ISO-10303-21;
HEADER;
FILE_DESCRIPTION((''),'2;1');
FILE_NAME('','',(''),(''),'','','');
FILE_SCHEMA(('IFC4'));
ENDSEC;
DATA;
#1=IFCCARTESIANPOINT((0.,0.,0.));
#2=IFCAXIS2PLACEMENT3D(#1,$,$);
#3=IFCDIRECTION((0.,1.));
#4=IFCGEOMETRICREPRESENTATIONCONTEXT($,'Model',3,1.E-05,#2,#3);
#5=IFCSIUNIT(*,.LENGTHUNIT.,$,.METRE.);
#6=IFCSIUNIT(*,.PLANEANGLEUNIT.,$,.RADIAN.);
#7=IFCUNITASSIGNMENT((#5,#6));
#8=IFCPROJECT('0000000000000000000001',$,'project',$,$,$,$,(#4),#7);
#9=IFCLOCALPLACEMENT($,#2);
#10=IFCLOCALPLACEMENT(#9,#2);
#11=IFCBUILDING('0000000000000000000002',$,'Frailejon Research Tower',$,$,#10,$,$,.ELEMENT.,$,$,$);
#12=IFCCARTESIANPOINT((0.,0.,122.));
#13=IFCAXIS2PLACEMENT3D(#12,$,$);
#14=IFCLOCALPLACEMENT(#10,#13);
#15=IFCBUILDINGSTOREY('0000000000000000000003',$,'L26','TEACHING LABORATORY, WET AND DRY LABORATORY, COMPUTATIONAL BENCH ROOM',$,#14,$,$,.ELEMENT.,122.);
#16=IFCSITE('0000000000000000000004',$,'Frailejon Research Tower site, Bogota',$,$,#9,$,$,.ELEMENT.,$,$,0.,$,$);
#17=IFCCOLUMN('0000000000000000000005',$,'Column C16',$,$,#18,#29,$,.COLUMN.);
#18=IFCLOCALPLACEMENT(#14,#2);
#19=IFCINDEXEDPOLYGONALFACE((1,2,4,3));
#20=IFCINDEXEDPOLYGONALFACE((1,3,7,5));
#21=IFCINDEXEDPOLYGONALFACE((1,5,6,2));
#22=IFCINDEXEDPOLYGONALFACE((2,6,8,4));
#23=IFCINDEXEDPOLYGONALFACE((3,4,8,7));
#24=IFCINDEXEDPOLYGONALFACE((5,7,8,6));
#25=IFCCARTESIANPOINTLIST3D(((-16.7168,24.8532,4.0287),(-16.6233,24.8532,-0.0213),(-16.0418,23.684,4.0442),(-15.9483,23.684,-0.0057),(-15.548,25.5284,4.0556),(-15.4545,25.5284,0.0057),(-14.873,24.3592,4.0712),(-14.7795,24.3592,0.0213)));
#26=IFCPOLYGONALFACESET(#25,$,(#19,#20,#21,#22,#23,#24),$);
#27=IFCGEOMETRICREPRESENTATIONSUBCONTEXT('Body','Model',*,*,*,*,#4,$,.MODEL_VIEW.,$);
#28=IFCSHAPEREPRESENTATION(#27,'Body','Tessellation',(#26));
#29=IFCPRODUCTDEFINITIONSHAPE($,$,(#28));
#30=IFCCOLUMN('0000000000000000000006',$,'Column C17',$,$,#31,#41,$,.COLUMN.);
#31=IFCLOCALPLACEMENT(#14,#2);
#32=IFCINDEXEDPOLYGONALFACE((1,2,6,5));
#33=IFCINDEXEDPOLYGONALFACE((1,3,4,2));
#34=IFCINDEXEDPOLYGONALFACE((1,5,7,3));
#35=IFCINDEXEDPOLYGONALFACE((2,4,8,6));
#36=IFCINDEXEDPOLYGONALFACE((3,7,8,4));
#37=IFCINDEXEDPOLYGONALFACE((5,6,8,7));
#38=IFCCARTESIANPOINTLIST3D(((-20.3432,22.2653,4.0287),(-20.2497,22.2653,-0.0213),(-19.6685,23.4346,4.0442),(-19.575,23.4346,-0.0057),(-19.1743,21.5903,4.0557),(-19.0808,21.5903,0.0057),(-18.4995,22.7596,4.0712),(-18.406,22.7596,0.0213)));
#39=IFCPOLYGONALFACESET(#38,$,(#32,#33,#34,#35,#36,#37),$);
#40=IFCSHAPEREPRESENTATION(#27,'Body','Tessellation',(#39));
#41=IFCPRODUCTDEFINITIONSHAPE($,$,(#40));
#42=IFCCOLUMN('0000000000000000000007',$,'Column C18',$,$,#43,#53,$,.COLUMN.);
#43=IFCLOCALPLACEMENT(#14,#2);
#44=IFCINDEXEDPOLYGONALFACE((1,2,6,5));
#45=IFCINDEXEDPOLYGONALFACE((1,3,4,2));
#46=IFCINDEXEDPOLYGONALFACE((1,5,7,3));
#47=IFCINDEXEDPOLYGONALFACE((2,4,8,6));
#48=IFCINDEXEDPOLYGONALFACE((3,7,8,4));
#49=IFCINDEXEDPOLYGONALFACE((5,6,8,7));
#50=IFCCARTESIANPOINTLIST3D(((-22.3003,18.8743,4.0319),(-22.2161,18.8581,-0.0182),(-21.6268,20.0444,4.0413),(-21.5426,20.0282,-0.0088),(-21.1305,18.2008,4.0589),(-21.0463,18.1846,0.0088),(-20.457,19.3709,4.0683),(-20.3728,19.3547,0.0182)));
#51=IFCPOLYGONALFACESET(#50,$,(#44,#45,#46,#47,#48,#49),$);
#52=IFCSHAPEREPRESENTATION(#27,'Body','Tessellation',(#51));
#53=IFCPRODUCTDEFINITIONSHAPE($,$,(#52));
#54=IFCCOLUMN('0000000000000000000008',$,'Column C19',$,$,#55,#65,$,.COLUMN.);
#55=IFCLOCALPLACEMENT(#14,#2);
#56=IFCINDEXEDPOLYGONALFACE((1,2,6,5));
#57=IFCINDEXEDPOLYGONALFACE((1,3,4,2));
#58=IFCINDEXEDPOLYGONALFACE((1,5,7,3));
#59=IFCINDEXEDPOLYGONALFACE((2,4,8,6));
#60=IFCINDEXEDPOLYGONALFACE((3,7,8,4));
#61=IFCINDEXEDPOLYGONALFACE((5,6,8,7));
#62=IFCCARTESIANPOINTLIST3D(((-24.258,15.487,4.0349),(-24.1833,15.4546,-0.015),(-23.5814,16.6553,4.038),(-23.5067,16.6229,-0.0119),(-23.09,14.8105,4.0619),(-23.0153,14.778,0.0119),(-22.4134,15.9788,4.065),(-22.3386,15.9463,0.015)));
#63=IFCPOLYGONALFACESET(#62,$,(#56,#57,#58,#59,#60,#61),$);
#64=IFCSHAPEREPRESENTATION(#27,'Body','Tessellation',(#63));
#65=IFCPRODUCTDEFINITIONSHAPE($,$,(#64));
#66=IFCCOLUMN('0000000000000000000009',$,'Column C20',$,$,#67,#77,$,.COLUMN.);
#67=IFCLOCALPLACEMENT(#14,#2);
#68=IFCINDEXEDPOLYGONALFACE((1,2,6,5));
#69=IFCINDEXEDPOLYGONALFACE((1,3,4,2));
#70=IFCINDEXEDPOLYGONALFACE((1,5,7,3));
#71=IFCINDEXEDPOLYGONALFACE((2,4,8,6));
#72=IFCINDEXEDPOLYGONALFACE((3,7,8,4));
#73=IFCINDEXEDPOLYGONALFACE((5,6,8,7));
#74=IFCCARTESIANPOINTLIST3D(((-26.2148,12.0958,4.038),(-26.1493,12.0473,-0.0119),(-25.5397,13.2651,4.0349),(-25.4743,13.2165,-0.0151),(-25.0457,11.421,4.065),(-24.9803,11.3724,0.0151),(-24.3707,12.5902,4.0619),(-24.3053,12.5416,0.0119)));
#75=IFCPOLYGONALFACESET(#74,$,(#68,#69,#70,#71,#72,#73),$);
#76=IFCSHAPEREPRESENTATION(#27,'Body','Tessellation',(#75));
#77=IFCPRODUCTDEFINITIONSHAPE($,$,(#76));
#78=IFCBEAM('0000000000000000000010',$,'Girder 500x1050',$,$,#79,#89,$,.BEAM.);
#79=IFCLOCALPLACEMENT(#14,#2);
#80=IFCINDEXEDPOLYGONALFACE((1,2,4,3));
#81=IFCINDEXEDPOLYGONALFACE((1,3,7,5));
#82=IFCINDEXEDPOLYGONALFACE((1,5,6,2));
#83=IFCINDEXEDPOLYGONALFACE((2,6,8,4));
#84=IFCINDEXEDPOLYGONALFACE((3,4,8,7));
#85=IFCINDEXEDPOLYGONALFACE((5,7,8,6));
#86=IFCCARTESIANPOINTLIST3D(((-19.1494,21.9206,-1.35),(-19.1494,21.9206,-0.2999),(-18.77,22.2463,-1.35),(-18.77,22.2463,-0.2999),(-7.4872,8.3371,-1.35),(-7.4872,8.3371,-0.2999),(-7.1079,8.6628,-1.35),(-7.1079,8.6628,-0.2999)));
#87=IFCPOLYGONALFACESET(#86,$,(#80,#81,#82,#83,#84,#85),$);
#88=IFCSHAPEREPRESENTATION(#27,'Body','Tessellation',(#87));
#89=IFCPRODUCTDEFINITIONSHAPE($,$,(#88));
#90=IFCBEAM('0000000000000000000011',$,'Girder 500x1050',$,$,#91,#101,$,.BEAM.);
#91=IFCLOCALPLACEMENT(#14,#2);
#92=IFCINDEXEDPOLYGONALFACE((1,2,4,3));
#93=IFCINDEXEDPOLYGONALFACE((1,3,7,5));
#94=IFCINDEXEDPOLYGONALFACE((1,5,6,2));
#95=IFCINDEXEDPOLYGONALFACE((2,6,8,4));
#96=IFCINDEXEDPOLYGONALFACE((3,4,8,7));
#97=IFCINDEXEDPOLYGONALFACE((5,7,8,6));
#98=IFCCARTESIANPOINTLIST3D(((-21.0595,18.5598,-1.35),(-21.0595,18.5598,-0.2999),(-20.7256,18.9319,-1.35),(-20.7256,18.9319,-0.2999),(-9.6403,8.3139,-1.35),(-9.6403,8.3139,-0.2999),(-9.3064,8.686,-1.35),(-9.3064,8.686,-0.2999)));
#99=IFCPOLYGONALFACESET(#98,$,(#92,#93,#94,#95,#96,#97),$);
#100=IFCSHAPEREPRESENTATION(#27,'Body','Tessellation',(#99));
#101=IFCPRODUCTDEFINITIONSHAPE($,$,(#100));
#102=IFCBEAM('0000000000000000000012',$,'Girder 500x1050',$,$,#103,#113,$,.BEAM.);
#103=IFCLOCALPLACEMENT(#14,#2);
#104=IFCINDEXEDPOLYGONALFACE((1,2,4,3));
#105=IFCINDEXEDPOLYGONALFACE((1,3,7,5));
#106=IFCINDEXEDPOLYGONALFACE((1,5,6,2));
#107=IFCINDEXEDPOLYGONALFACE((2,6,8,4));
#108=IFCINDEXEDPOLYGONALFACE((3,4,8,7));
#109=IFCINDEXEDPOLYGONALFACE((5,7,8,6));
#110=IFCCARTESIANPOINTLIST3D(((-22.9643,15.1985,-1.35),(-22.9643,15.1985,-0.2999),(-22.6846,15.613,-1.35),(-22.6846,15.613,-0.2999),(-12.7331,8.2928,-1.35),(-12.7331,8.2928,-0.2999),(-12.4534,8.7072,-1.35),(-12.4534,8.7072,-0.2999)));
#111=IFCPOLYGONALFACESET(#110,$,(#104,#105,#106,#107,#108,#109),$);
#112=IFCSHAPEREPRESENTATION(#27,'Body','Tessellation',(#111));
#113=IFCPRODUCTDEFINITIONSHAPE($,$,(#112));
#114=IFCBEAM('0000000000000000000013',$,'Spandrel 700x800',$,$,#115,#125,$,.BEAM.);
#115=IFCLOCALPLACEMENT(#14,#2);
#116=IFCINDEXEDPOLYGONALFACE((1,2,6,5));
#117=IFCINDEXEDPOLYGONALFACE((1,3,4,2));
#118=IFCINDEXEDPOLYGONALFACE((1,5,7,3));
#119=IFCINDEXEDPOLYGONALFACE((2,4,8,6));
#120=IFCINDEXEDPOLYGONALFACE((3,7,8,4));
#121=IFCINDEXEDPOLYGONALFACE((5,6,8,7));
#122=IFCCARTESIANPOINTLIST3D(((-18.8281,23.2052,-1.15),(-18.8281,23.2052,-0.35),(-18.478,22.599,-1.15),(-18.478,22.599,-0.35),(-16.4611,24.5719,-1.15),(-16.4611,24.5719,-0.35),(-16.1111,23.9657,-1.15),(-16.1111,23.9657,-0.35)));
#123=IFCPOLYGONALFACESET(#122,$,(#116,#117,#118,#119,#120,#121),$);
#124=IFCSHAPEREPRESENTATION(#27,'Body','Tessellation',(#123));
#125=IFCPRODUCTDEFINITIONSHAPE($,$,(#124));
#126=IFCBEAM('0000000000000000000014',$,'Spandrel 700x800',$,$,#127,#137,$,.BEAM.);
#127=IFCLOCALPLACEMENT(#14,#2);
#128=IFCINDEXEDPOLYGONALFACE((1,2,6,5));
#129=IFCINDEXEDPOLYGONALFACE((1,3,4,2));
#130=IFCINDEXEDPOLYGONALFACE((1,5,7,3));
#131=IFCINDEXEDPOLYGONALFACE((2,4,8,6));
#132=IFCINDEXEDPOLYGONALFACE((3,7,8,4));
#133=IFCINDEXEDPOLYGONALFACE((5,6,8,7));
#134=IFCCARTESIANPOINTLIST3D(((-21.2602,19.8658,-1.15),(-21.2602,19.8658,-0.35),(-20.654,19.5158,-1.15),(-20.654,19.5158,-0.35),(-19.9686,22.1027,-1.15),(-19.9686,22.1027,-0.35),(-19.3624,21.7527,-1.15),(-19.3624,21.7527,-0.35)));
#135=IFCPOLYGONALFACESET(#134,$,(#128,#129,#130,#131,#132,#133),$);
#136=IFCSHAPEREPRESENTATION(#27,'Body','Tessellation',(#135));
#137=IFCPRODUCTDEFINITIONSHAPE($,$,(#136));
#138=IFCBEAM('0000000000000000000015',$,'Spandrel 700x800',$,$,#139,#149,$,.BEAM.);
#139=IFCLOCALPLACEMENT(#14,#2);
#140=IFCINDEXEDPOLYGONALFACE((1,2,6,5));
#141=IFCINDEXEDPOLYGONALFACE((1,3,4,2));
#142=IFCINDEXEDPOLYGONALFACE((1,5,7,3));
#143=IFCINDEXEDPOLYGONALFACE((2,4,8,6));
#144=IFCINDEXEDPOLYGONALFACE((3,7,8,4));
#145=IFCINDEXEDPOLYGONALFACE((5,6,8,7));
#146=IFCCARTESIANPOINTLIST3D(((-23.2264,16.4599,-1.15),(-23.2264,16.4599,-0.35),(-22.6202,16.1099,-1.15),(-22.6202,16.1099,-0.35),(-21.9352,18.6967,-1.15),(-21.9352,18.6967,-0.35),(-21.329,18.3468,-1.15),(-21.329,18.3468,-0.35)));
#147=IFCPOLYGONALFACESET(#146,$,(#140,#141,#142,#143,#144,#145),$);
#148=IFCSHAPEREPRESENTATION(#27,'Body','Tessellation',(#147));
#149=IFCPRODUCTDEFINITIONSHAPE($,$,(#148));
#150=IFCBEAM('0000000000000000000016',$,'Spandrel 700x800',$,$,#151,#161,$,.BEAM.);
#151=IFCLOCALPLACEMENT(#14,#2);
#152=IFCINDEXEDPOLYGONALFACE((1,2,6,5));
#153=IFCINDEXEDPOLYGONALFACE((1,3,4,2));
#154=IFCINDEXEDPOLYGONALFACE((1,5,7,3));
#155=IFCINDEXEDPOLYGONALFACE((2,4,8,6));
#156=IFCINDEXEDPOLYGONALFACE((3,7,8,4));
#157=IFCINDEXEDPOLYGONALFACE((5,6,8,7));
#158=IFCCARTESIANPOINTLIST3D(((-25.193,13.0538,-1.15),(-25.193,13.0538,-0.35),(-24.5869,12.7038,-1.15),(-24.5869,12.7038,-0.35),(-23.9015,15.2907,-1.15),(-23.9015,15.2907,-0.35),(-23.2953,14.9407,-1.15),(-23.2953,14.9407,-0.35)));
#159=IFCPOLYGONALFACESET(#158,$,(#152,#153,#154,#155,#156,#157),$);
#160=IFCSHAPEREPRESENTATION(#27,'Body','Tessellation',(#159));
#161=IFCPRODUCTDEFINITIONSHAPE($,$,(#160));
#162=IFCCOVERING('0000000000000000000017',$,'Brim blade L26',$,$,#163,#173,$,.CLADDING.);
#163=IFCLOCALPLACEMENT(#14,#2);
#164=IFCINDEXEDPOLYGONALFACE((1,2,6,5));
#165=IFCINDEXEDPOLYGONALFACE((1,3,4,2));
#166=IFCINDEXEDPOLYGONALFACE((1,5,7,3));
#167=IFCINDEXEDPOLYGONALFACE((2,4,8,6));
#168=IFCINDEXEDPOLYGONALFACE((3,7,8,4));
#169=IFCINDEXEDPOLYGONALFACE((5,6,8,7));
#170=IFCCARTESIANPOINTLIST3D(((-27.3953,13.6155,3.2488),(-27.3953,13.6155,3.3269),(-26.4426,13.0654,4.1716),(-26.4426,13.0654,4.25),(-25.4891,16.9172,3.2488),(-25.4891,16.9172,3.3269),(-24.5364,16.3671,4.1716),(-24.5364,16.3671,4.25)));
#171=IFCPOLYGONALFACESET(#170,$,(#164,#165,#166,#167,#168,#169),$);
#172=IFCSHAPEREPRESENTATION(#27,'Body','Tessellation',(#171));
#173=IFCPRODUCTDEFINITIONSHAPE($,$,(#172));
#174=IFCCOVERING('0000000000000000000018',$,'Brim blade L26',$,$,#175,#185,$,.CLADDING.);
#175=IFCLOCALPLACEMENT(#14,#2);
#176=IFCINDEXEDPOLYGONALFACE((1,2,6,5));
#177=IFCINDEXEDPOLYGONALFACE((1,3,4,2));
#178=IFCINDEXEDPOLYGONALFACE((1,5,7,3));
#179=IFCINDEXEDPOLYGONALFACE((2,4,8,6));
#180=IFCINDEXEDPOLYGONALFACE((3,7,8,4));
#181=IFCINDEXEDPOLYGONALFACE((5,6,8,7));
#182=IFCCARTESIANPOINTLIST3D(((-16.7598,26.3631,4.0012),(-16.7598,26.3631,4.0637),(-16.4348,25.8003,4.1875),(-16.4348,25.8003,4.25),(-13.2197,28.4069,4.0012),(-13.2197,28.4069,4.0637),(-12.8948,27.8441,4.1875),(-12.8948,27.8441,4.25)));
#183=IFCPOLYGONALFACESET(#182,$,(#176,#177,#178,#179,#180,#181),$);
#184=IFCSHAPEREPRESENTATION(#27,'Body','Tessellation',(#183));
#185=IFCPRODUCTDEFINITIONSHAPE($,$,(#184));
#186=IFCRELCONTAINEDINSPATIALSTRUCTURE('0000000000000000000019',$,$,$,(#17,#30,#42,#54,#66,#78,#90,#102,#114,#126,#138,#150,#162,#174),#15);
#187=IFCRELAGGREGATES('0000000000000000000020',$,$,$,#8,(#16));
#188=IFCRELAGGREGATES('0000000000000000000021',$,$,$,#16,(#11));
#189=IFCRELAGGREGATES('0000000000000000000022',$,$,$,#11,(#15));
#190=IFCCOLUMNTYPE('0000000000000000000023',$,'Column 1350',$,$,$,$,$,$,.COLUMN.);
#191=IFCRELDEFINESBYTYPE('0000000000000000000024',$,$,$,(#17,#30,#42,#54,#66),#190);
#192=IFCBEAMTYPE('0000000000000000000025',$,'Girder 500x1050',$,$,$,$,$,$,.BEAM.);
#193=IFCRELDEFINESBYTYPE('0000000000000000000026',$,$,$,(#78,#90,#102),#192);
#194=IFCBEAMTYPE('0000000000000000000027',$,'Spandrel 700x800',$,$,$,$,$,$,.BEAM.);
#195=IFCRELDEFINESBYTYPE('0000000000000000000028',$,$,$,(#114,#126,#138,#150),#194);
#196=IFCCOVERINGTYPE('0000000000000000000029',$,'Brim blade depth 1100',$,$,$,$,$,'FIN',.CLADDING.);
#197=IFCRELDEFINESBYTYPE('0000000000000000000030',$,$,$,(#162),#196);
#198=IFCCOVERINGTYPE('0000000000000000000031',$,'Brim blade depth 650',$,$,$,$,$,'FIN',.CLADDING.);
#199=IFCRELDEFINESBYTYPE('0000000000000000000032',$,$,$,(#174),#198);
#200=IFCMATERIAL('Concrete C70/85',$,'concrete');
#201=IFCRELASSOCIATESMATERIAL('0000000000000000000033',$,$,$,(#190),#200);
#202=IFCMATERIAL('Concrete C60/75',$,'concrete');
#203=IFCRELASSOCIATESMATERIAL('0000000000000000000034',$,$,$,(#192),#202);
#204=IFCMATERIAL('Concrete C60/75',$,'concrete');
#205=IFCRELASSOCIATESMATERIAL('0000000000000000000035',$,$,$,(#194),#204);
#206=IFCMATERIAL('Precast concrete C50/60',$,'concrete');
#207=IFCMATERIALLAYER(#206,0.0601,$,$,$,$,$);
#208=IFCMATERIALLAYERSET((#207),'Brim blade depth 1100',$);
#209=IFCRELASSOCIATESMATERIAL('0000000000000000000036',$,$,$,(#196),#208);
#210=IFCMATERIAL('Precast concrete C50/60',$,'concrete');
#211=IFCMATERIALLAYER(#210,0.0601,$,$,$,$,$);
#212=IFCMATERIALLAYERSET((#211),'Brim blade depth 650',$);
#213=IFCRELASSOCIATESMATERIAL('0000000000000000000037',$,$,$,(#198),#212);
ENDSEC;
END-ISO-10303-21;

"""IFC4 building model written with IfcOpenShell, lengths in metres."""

from ifc_helpers import new_model, si_unit, direction, frame, origin, origin_2d, place, context, subcontext, project, spatial, polyline, rectangle, outline, extrude, material, layer, layer_set, material_profile, profile_set, type_object, element, save


model = new_model("IFC4")

# Units and contexts
model_context = context("Model", 3, precision=1e-05, world=origin(), true_north=direction((0.0, 1.0)))
body_context = subcontext(model_context, "Body", "Model", "MODEL_VIEW")
ifc_project = project(units=[si_unit("LENGTHUNIT", "METRE"), si_unit("PLANEANGLEUNIT", "RADIAN")], contexts=[model_context])

# Site, building, storey
site_placement = place(None, origin())
site = spatial("IfcSite", under=ifc_project, at=site_placement, Name="Frailejon Research Tower site, Bogota", CompositionType="ELEMENT", RefElevation=0.0)
building_placement = place(site_placement, origin())
building = spatial("IfcBuilding", under=site, at=building_placement, Name="Frailejon Research Tower", CompositionType="ELEMENT")
storey_placement = place(building_placement, frame((0.0, 0.0, 122.0)))
storey = spatial("IfcBuildingStorey", under=building, at=storey_placement, Name="L26", Description="TEACHING LABORATORY, WET AND DRY LABORATORY, COMPUTATIONAL BENCH ROOM", CompositionType="ELEMENT", Elevation=122.0)

# Columns
ifc_material_1 = material(Name="Concrete C70/85", Category="concrete")
ifc_material_profile_1 = material_profile(ifc_material_1, rectangle(XDim=1.3501, YDim=1.3501, at=origin_2d()), Name="Column 1350")
ifc_profile_set_1 = profile_set([ifc_material_profile_1], Name="Concrete C70/85")
column_type = type_object("IfcColumnType", Name="Column 1350", PredefinedType="COLUMN", material=ifc_profile_set_1)
for number, where, z_axis, x_axis, name in (
    (1, (-15.7014, 24.6062, 0.0), (-0.023081, 0.0, 0.999734), (-0.865737, -0.5001, -0.019988), "Column C16"),
    (2, (-19.3279, 22.5125, 0.0), (-0.023081, 0.0, 0.999734), (-0.499767, -0.866083, -0.011538), "Column C17"),
    (3, (-21.2944, 19.1064, 0.0), (-0.020792, 0.003978, 0.999776), (-0.498819, -0.866678, -0.006926), "Column C18"),
):
    element("IfcColumn", number, at=place(storey_placement, frame(where, z_axis=z_axis, x_axis=x_axis)), inside=storey, type_object=column_type, Name=name, PredefinedType="COLUMN", context=body_context, shape_type="SweptSolid", body=[
        extrude(rectangle(XDim=1.3501, YDim=1.3501, at=origin_2d()), origin(), (0.0, 0.0, 1.0), 4.051),
    ])
for number, where, z_axis, x_axis, name in (
    (4, (-23.261, 15.7004, 0.0), (-0.018442, 0.008016, 0.999798), (-0.50118, -0.86534, -0.002307), "Column C19"),
    (5, (-25.2273, 12.2944, 0.0), (-0.016152, 0.011993, 0.999798), (-0.499995, -0.866025, 0.002311), "Column C20"),
):
    element("IfcColumn", number, at=place(storey_placement, frame(where, z_axis=z_axis, x_axis=x_axis)), inside=storey, type_object=column_type, Name=name, PredefinedType="COLUMN", context=body_context, shape_type="SweptSolid", body=[
        extrude(rectangle(XDim=1.3501, YDim=1.3501, at=origin_2d()), origin(), (0.0, 0.0, 1.0), 4.0508),
    ])

# Beams
ifc_material_2 = material(Name="Concrete C60/75", Category="concrete")
ifc_material_profile_2 = material_profile(ifc_material_2, rectangle(XDim=0.5, YDim=1.05, at=origin_2d()), Name="Girder 500x1050")
ifc_profile_set_2 = profile_set([ifc_material_profile_2], Name="Concrete C60/75")
beam_type_1 = type_object("IfcBeamType", Name="Girder 500x1050", PredefinedType="BEAM", material=ifc_profile_set_2)
beam_1_placement = place(storey_placement, frame((-18.9597, 22.0835, -0.825), z_axis=(0.651407, -0.758729, 0.0), x_axis=(0.758729, 0.651407, 0.0)))
element("IfcBeam", 6, at=beam_1_placement, inside=storey, type_object=beam_type_1, Name="Girder 500x1050", PredefinedType="BEAM", context=body_context, shape_type="SweptSolid", body=[
    extrude(rectangle(XDim=0.5, YDim=1.05, at=origin_2d()), origin(), (0.0, 0.0, 1.0), 17.9031),
])
beam_2_placement = place(storey_placement, frame((-20.8926, 18.7458, -0.825), z_axis=(0.744312, -0.667832, 0.0), x_axis=(0.667832, 0.744312, 0.0)))
element("IfcBeam", 7, at=beam_2_placement, inside=storey, type_object=beam_type_1, Name="Girder 500x1050", PredefinedType="BEAM", context=body_context, shape_type="SweptSolid", body=[
    extrude(rectangle(XDim=0.5, YDim=1.05, at=origin_2d()), origin(), (0.0, 0.0, 1.0), 15.342),
])
beam_3_placement = place(storey_placement, frame((-22.8245, 15.4058, -0.825), z_axis=(0.82886, -0.559456, 0.0), x_axis=(0.559456, 0.82886, 0.0)))
element("IfcBeam", 8, at=beam_3_placement, inside=storey, type_object=beam_type_1, Name="Girder 500x1050", PredefinedType="BEAM", context=body_context, shape_type="SweptSolid", body=[
    extrude(rectangle(XDim=0.5, YDim=1.05, at=origin_2d()), origin(), (0.0, 0.0, 1.0), 12.3438),
])
ifc_material_3 = material(Name="Concrete C60/75", Category="concrete")
ifc_material_profile_3 = material_profile(ifc_material_3, rectangle(XDim=0.7, YDim=0.8, at=origin_2d()), Name="Spandrel 700x800")
ifc_profile_set_3 = profile_set([ifc_material_profile_3], Name="Concrete C60/75")
beam_type_2 = type_object("IfcBeamType", Name="Spandrel 700x800", PredefinedType="BEAM", material=ifc_profile_set_3)
beam_4_placement = place(storey_placement, frame((-16.2861, 24.2688, -0.75), z_axis=(-0.866003, -0.500039, 0.0), x_axis=(0.500039, -0.866003, 0.0)))
element("IfcBeam", 9, at=beam_4_placement, inside=storey, type_object=beam_type_2, Name="Spandrel 700x800", PredefinedType="BEAM", context=body_context, shape_type="SweptSolid", body=[
    extrude(rectangle(XDim=0.7, YDim=0.8, at=origin_2d()), origin(), (0.0, 0.0, 1.0), 2.7332),
])
beam_5_placement = place(storey_placement, frame((-19.6655, 21.9277, -0.75), z_axis=(-0.500022, -0.866012, 0.0), x_axis=(0.866012, -0.500022, 0.0)))
element("IfcBeam", 10, at=beam_5_placement, inside=storey, type_object=beam_type_2, Name="Spandrel 700x800", PredefinedType="BEAM", context=body_context, shape_type="SweptSolid", body=[
    extrude(rectangle(XDim=0.7, YDim=0.8, at=origin_2d()), origin(), (0.0, 0.0, 1.0), 2.583),
])
beam_6_placement = place(storey_placement, frame((-21.6321, 18.5217, -0.75), z_axis=(-0.499952, -0.866053, 0.0), x_axis=(0.866053, -0.499952, 0.0)))
element("IfcBeam", 11, at=beam_6_placement, inside=storey, type_object=beam_type_2, Name="Spandrel 700x800", PredefinedType="BEAM", context=body_context, shape_type="SweptSolid", body=[
    extrude(rectangle(XDim=0.7, YDim=0.8, at=origin_2d()), origin(), (0.0, 0.0, 1.0), 2.5828),
])
beam_7_placement = place(storey_placement, frame((-23.5984, 15.1157, -0.75), z_axis=(-0.500022, -0.866012, 0.0), x_axis=(0.866012, -0.500022, 0.0)))
element("IfcBeam", 12, at=beam_7_placement, inside=storey, type_object=beam_type_2, Name="Spandrel 700x800", PredefinedType="BEAM", context=body_context, shape_type="SweptSolid", body=[
    extrude(rectangle(XDim=0.7, YDim=0.8, at=origin_2d()), origin(), (0.0, 0.0, 1.0), 2.583),
])

# Coverings
ifc_material_4 = material(Name="Precast concrete C50/60", Category="concrete")
ifc_layer_1 = layer(ifc_material_4, 0.0601)
ifc_layer_set_1 = layer_set([ifc_layer_1], Name="Brim blade depth 1100")
covering_type_1 = type_object("IfcCoveringType", Name="Brim blade depth 1100", ElementType="FIN", PredefinedType="CLADDING", material=ifc_layer_set_1)
covering_1_placement = place(storey_placement, frame((-26.4426, 13.0654, 4.25), z_axis=(0.500001, 0.866025, 0.0), x_axis=(-0.866025, 0.500001, 0.0)))
element("IfcCovering", 13, at=covering_1_placement, inside=storey, type_object=covering_type_1, Name="Brim blade L26", PredefinedType="CLADDING", context=body_context, shape_type="SweptSolid", body=[
    extrude(outline(polyline([(0.0, -0.0784), (1.1001, -1.0012), (1.1001, -0.9231), (0.0, 0.0), (0.0, -0.0784)])), origin(), (0.0, 0.0, 1.0), 3.8125),
])
ifc_material_5 = material(Name="Precast concrete C50/60", Category="concrete")
ifc_layer_2 = layer(ifc_material_5, 0.0601)
ifc_layer_set_2 = layer_set([ifc_layer_2], Name="Brim blade depth 650")
covering_type_2 = type_object("IfcCoveringType", Name="Brim blade depth 650", ElementType="FIN", PredefinedType="CLADDING", material=ifc_layer_set_2)
covering_2_placement = place(storey_placement, frame((-16.4348, 25.8003, 4.25), z_axis=(0.866027, 0.499997, 0.0), x_axis=(-0.499997, 0.866027, 0.0)))
element("IfcCovering", 14, at=covering_2_placement, inside=storey, type_object=covering_type_2, Name="Brim blade L26", PredefinedType="CLADDING", context=body_context, shape_type="SweptSolid", body=[
    extrude(outline(polyline([(0.0, -0.0625), (0.6499, -0.2488), (0.6499, -0.1863), (0.0, 0.0), (0.0, -0.0625)])), origin(), (0.0, 0.0, 1.0), 4.0876),
])

save(model, "model.ifc")
